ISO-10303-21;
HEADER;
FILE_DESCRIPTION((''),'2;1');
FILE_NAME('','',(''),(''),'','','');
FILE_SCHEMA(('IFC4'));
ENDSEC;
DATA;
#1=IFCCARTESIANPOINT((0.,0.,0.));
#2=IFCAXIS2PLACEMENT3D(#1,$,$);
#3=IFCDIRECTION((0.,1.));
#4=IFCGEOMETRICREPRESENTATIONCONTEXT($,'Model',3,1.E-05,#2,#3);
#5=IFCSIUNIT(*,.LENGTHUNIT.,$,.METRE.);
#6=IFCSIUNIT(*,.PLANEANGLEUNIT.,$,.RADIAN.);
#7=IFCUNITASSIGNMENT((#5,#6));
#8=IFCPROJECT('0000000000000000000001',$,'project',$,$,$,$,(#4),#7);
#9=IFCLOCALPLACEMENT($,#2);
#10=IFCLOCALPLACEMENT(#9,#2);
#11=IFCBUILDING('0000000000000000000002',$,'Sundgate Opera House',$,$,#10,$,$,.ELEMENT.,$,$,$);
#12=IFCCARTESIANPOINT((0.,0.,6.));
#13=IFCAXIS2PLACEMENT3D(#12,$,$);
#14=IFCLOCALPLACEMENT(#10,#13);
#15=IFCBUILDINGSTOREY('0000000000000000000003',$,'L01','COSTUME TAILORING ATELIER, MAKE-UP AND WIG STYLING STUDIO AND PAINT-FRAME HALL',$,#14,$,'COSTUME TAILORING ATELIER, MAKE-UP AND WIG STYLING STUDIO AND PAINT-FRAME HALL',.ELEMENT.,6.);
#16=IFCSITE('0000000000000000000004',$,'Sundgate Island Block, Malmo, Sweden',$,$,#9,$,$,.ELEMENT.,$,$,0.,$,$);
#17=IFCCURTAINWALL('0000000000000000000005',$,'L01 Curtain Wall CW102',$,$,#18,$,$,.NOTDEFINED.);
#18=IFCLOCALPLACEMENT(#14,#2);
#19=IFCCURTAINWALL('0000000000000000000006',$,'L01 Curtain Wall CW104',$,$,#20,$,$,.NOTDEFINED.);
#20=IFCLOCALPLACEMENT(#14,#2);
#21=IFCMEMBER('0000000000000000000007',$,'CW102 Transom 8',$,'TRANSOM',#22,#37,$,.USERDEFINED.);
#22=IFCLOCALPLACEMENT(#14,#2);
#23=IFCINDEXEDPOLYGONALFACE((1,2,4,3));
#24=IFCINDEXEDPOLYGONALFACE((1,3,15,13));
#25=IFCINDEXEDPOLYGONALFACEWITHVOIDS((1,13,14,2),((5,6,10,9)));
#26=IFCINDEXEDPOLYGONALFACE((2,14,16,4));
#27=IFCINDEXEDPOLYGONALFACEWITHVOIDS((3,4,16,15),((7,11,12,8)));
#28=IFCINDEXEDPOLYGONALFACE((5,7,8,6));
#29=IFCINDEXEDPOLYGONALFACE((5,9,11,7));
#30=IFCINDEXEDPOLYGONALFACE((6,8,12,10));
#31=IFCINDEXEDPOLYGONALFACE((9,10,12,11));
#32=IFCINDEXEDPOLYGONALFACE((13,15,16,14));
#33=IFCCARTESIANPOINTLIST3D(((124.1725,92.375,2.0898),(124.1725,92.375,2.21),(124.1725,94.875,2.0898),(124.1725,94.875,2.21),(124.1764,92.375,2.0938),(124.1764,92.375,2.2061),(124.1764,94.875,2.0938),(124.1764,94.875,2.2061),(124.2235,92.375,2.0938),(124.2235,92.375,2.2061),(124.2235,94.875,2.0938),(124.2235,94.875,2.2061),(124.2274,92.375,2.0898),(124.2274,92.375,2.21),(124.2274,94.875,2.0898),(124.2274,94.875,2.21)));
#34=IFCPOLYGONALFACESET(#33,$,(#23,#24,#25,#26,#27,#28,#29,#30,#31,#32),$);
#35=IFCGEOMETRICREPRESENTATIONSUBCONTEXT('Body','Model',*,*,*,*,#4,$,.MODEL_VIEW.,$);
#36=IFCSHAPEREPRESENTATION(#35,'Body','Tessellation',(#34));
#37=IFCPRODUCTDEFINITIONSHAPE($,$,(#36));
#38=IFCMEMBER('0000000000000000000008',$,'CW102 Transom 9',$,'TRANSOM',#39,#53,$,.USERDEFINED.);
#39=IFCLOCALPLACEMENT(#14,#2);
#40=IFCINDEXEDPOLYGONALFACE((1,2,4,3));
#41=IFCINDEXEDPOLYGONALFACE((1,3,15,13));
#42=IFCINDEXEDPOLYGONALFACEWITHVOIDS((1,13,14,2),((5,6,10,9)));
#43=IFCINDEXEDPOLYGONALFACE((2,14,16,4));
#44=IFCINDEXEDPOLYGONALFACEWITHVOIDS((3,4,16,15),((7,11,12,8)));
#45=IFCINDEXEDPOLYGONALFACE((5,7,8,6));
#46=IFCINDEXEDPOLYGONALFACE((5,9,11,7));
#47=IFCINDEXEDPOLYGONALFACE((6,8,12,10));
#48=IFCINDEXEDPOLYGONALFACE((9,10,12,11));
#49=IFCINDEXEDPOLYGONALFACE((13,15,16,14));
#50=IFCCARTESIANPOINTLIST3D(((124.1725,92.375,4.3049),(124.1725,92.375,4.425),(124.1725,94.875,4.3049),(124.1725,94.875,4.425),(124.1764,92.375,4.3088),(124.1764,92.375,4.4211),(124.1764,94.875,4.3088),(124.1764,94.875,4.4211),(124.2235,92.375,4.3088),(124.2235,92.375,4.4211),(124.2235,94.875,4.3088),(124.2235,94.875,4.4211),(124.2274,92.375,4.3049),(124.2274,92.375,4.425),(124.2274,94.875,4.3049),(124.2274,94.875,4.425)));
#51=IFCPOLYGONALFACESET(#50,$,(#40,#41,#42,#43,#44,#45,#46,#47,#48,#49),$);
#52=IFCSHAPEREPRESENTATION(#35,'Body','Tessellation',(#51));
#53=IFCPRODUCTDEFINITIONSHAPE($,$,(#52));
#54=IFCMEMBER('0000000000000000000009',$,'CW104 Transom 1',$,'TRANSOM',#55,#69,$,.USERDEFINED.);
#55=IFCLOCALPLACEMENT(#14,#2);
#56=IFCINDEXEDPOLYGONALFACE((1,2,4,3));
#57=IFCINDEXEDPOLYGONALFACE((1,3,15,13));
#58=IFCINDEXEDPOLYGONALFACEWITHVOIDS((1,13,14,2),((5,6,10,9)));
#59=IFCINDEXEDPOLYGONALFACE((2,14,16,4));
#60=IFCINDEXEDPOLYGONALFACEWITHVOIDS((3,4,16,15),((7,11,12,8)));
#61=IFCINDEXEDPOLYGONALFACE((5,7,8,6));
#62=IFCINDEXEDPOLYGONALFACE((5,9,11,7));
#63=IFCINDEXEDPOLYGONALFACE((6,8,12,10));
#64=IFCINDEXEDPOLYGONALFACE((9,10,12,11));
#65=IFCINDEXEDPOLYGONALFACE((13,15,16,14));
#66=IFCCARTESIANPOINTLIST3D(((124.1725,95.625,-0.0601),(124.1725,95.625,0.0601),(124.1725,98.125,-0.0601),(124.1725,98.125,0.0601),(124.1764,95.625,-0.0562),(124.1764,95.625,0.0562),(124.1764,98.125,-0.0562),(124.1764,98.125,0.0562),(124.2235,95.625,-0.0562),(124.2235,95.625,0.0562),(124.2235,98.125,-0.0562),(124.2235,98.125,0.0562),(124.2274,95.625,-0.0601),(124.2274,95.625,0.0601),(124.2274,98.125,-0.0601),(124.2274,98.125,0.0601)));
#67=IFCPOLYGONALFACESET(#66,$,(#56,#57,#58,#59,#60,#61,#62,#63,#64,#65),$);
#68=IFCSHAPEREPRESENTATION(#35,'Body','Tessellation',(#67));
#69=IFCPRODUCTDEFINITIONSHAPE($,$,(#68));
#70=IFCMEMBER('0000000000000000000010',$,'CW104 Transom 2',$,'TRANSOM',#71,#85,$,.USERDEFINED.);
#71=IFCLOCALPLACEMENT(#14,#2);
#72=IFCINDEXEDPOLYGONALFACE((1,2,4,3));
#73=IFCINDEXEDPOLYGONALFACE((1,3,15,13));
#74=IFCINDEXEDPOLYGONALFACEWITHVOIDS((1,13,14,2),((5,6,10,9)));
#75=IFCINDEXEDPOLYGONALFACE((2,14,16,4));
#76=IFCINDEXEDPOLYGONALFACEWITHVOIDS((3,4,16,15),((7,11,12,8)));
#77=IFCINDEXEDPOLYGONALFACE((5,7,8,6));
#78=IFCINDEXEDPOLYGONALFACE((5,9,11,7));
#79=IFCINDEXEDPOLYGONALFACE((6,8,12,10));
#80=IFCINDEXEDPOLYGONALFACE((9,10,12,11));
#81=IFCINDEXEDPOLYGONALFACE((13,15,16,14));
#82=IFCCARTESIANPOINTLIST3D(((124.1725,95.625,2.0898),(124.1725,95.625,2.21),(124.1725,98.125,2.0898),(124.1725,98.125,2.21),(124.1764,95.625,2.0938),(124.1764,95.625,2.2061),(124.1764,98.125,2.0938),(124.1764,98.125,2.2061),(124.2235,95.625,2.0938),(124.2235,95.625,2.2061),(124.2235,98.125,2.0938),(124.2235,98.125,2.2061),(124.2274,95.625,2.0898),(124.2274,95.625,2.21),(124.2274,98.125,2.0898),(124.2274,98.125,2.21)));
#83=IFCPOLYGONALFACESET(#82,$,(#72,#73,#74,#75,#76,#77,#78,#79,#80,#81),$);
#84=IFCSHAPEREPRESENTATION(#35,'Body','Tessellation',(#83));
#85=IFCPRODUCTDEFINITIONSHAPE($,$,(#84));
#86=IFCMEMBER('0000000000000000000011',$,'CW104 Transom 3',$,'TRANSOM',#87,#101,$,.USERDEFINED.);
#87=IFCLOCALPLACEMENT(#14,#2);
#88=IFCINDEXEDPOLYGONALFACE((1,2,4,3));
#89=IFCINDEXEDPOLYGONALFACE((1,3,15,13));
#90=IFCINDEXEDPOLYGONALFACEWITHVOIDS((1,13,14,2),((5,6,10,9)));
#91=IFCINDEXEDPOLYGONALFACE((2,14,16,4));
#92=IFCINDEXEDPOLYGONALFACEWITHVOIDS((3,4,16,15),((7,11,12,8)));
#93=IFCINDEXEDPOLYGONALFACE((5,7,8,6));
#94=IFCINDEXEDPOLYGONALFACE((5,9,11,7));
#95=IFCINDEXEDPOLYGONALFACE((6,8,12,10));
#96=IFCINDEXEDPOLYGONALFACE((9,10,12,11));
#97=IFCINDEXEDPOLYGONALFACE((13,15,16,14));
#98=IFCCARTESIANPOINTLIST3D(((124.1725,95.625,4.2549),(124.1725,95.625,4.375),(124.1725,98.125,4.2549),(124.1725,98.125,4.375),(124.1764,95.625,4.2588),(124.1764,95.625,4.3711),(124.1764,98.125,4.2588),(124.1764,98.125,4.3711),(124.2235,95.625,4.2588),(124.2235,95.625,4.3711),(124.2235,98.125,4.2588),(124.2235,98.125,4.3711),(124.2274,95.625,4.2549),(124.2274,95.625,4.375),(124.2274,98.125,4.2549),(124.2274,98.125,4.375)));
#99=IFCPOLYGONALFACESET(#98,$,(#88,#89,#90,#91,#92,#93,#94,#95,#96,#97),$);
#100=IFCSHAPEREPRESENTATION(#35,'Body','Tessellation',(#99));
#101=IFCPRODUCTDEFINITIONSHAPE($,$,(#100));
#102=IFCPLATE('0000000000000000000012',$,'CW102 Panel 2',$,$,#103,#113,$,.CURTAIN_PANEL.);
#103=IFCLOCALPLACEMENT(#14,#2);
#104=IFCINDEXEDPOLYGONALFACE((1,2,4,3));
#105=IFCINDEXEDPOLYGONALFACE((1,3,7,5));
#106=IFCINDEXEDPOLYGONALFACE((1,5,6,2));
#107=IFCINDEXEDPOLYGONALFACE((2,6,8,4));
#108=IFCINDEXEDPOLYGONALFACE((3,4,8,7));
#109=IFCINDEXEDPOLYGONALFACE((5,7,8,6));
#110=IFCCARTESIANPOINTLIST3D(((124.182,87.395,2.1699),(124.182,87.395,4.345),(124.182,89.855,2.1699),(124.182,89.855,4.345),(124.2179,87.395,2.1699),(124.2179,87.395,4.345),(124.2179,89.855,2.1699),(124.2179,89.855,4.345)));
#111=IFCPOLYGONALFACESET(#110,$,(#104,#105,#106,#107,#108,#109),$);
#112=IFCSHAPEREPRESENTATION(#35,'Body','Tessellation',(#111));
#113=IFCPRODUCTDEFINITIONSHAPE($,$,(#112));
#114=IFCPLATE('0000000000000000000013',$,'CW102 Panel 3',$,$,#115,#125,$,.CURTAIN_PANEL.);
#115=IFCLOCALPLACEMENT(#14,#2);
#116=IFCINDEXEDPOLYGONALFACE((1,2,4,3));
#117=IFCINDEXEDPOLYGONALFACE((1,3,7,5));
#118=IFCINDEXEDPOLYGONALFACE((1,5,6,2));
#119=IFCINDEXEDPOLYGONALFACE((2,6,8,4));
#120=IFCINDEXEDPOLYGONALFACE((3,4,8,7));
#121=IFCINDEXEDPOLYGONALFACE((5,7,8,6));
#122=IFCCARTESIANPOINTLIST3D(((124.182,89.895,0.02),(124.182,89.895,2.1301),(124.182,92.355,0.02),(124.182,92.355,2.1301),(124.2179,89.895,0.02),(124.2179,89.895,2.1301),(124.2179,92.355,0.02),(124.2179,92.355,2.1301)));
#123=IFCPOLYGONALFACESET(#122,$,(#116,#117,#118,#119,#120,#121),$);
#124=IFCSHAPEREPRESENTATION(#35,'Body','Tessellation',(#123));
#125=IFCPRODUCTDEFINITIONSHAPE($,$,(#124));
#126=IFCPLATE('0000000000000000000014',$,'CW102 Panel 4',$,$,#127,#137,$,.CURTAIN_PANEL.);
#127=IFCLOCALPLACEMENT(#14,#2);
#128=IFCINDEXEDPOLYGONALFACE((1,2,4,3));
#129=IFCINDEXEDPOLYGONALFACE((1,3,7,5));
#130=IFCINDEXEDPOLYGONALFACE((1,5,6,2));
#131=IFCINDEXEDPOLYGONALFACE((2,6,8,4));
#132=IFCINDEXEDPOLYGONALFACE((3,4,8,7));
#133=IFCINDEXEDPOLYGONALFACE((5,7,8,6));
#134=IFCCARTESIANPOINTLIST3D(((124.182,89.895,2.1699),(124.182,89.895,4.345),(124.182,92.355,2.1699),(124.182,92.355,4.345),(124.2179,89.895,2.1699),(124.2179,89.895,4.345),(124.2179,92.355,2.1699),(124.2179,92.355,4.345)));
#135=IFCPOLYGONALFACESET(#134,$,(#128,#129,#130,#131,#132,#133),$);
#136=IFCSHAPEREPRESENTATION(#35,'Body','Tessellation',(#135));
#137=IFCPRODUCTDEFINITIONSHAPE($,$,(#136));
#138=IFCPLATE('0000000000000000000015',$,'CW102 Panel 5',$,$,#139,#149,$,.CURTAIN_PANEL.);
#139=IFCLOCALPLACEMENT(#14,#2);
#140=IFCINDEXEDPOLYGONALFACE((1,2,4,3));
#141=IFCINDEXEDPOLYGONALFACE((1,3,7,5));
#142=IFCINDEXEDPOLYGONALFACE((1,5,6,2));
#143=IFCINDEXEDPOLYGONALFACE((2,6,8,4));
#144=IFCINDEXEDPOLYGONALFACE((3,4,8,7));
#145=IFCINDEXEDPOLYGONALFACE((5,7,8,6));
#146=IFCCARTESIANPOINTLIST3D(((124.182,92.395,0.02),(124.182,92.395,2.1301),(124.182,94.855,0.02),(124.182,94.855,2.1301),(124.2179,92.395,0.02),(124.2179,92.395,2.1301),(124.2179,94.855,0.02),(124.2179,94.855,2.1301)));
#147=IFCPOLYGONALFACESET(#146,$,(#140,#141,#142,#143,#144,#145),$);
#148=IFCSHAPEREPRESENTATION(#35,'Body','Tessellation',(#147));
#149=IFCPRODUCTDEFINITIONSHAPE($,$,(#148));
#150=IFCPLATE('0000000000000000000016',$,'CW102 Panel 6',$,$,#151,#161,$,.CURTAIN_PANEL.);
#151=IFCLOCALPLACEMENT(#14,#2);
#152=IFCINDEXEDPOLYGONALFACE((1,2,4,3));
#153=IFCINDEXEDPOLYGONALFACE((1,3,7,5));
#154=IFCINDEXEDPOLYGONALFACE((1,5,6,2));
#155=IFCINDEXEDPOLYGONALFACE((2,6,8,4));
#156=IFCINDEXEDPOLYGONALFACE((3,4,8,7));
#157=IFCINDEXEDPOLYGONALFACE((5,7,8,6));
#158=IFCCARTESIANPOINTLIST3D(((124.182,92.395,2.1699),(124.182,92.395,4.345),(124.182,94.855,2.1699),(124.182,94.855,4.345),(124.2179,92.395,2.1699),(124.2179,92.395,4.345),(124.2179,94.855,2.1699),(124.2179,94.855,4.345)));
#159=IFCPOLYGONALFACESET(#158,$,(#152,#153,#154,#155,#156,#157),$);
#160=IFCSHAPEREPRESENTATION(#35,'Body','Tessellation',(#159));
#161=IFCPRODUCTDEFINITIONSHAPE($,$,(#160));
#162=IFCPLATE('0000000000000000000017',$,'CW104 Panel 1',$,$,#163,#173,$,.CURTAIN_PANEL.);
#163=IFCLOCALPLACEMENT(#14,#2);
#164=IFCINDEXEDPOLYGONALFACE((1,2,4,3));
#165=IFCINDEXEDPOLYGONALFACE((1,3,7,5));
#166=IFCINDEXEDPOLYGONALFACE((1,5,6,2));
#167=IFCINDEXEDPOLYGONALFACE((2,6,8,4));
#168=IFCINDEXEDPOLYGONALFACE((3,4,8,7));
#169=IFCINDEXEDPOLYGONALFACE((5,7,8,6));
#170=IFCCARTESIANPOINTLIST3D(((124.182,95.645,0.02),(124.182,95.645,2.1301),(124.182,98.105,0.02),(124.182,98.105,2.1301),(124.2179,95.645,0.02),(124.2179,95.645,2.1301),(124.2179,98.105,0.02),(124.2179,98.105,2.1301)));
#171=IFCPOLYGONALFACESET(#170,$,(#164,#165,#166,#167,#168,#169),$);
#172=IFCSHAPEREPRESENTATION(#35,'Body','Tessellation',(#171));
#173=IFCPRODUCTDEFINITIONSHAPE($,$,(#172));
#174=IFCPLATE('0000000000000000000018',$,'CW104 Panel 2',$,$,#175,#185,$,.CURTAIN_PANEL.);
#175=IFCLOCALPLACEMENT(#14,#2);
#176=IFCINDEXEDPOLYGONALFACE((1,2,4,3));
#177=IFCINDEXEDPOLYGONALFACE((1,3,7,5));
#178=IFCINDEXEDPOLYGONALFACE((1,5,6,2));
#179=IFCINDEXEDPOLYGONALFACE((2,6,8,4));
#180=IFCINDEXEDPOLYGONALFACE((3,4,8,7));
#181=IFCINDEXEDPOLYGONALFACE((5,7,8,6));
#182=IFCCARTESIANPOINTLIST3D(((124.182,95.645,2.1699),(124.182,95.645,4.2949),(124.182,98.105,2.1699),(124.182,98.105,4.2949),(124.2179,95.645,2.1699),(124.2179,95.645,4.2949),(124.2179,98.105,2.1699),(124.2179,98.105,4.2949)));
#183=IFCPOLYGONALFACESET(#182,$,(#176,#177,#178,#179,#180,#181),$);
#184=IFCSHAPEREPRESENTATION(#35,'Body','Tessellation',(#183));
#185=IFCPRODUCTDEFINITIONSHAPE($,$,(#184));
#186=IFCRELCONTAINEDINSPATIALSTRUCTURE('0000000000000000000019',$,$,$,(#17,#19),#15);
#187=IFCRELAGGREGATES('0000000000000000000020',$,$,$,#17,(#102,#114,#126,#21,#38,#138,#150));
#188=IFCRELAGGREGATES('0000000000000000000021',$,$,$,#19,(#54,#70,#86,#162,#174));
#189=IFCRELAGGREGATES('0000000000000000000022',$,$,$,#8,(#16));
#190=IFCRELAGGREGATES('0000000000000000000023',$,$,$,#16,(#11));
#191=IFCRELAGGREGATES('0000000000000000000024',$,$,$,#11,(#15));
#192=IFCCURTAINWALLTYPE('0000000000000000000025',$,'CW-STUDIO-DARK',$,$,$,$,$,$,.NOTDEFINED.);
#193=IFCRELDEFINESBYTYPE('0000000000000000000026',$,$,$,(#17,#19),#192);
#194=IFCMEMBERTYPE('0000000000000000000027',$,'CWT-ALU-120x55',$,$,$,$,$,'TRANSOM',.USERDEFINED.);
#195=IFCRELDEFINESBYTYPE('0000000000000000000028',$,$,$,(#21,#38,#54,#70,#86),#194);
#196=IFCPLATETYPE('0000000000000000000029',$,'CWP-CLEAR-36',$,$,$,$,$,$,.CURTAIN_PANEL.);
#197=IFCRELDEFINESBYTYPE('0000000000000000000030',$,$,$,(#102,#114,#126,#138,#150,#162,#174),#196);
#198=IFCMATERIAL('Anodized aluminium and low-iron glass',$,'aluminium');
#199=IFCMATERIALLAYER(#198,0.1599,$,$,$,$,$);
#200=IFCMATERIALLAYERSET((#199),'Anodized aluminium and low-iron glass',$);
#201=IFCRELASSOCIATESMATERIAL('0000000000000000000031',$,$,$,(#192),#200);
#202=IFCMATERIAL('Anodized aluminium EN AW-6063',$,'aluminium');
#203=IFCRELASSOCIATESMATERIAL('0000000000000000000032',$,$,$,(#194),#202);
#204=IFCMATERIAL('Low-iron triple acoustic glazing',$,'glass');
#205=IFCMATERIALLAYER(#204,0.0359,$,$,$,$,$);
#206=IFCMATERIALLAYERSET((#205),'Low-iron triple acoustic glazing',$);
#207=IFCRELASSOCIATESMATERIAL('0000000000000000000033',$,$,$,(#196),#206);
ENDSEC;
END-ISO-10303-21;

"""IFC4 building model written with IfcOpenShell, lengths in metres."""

from ifc_helpers import new_model, si_unit, direction, frame, origin, origin_2d, place, context, subcontext, project, spatial, rectangle, hollow_rectangle, extrude, material, layer, layer_set, material_profile, profile_set, type_object, element, aggregate, save


model = new_model("IFC4")

# Units and contexts
model_context = context("Model", 3, precision=1e-05, world=origin(), true_north=direction((0.0, 1.0)))
body_context = subcontext(model_context, "Body", "Model", "MODEL_VIEW")
ifc_project = project(units=[si_unit("LENGTHUNIT", "METRE"), si_unit("PLANEANGLEUNIT", "RADIAN")], contexts=[model_context])

# Site, building, storey
site_placement = place(None, origin())
site = spatial("IfcSite", under=ifc_project, at=site_placement, Name="Sundgate Island Block, Malmo, Sweden", CompositionType="ELEMENT", RefElevation=0.0)
building_placement = place(site_placement, origin())
building = spatial("IfcBuilding", under=site, at=building_placement, Name="Sundgate Opera House", CompositionType="ELEMENT")
storey_placement = place(building_placement, frame((0.0, 0.0, 6.0)))
storey = spatial("IfcBuildingStorey", under=building, at=storey_placement, Name="L01", Description="COSTUME TAILORING ATELIER, MAKE-UP AND WIG STYLING STUDIO AND PAINT-FRAME HALL", LongName="COSTUME TAILORING ATELIER, MAKE-UP AND WIG STYLING STUDIO AND PAINT-FRAME HALL", CompositionType="ELEMENT", Elevation=6.0)

# Curtain wall
ifc_material_1 = material(Name="Anodized aluminium and low-iron glass", Category="aluminium")
ifc_layer_1 = layer(ifc_material_1, 0.1599)
ifc_layer_set_1 = layer_set([ifc_layer_1], Name="Anodized aluminium and low-iron glass")
curtain_wall_type = type_object("IfcCurtainWallType", Name="CW-STUDIO-DARK", PredefinedType="NOTDEFINED", material=ifc_layer_set_1)
curtain_wall_1_placement = place(storey_placement, origin())
curtain_wall_1 = element("IfcCurtainWall", 1, at=curtain_wall_1_placement, inside=storey, type_object=curtain_wall_type, Name="L01 Curtain Wall CW102", PredefinedType="NOTDEFINED")

# Curtain wall
curtain_wall_2_placement = place(storey_placement, origin())
curtain_wall_2 = element("IfcCurtainWall", 2, at=curtain_wall_2_placement, inside=storey, type_object=curtain_wall_type, Name="L01 Curtain Wall CW104", PredefinedType="NOTDEFINED")

# Members
ifc_material_2 = material(Name="Anodized aluminium EN AW-6063", Category="aluminium")
ifc_material_profile_1 = material_profile(ifc_material_2, hollow_rectangle(XDim=0.0549, YDim=0.1201, WallThickness=0.0039, at=origin_2d()), Name="CWT 120x55x4")
ifc_profile_set_1 = profile_set([ifc_material_profile_1], Name="Anodized aluminium EN AW-6063")
member_type_1 = type_object("IfcMemberType", Name="CWT-ALU-120x55", ElementType="TRANSOM", PredefinedType="USERDEFINED", material=ifc_profile_set_1)
member_1_placement = place(storey_placement, frame((124.2, 92.375, 2.1499), z_axis=(0.0, 1.0, 0.0), x_axis=(-1.0, 0.0, 0.0)))
member_1 = element("IfcMember", 3, at=member_1_placement, type_object=member_type_1, Name="CW102 Transom 8", ObjectType="TRANSOM", PredefinedType="USERDEFINED", context=body_context, shape_type="SweptSolid", body=[
    extrude(hollow_rectangle(XDim=0.0549, YDim=0.1201, WallThickness=0.0039, at=origin_2d()), origin(), (0.0, 0.0, 1.0), 2.5),
])
member_2_placement = place(storey_placement, frame((124.2, 92.375, 4.365), z_axis=(0.0, 1.0, 0.0), x_axis=(-1.0, 0.0, 0.0)))
member_2 = element("IfcMember", 4, at=member_2_placement, type_object=member_type_1, Name="CW102 Transom 9", ObjectType="TRANSOM", PredefinedType="USERDEFINED", context=body_context, shape_type="SweptSolid", body=[
    extrude(hollow_rectangle(XDim=0.0549, YDim=0.1201, WallThickness=0.0039, at=origin_2d()), origin(), (0.0, 0.0, 1.0), 2.5),
])
member_3_placement = place(storey_placement, frame((124.2, 95.625, 0.0), z_axis=(0.0, 1.0, 0.0), x_axis=(-1.0, 0.0, 0.0)))
member_3 = element("IfcMember", 5, at=member_3_placement, type_object=member_type_1, Name="CW104 Transom 1", ObjectType="TRANSOM", PredefinedType="USERDEFINED", context=body_context, shape_type="SweptSolid", body=[
    extrude(hollow_rectangle(XDim=0.0549, YDim=0.1201, WallThickness=0.0039, at=origin_2d()), origin(), (0.0, 0.0, 1.0), 2.5),
])
member_4_placement = place(storey_placement, frame((124.2, 95.625, 2.1499), z_axis=(0.0, 1.0, 0.0), x_axis=(-1.0, 0.0, 0.0)))
member_4 = element("IfcMember", 6, at=member_4_placement, type_object=member_type_1, Name="CW104 Transom 2", ObjectType="TRANSOM", PredefinedType="USERDEFINED", context=body_context, shape_type="SweptSolid", body=[
    extrude(hollow_rectangle(XDim=0.0549, YDim=0.1201, WallThickness=0.0039, at=origin_2d()), origin(), (0.0, 0.0, 1.0), 2.5),
])
member_5_placement = place(storey_placement, frame((124.2, 95.625, 4.3149), z_axis=(0.0, 1.0, 0.0), x_axis=(-1.0, 0.0, 0.0)))
member_5 = element("IfcMember", 7, at=member_5_placement, type_object=member_type_1, Name="CW104 Transom 3", ObjectType="TRANSOM", PredefinedType="USERDEFINED", context=body_context, shape_type="SweptSolid", body=[
    extrude(hollow_rectangle(XDim=0.0549, YDim=0.1201, WallThickness=0.0039, at=origin_2d()), origin(), (0.0, 0.0, 1.0), 2.5),
])

# Plates
ifc_material_3 = material(Name="Low-iron triple acoustic glazing", Category="glass")
ifc_layer_2 = layer(ifc_material_3, 0.0359)
ifc_layer_set_2 = layer_set([ifc_layer_2], Name="Low-iron triple acoustic glazing")
plate_type = type_object("IfcPlateType", Name="CWP-CLEAR-36", PredefinedType="CURTAIN_PANEL", material=ifc_layer_set_2)
plate_1_placement = place(storey_placement, frame((124.2, 88.625, 2.1699), z_axis=(0.0, 0.0, 1.0), x_axis=(0.0, 1.0, 0.0)))
plate_1 = element("IfcPlate", 8, at=plate_1_placement, type_object=plate_type, Name="CW102 Panel 2", PredefinedType="CURTAIN_PANEL", context=body_context, shape_type="SweptSolid", body=[
    extrude(rectangle(XDim=2.46, YDim=0.0359, at=origin_2d()), origin(), (0.0, 0.0, 1.0), 2.175),
])
plate_2_placement = place(storey_placement, frame((124.2, 91.125, 0.02), z_axis=(0.0, 0.0, 1.0), x_axis=(0.0, 1.0, 0.0)))
plate_2 = element("IfcPlate", 9, at=plate_2_placement, type_object=plate_type, Name="CW102 Panel 3", PredefinedType="CURTAIN_PANEL", context=body_context, shape_type="SweptSolid", body=[
    extrude(rectangle(XDim=2.46, YDim=0.0359, at=origin_2d()), origin(), (0.0, 0.0, 1.0), 2.1101),
])
plate_3_placement = place(storey_placement, frame((124.2, 91.125, 2.1699), z_axis=(0.0, 0.0, 1.0), x_axis=(0.0, 1.0, 0.0)))
plate_3 = element("IfcPlate", 10, at=plate_3_placement, type_object=plate_type, Name="CW102 Panel 4", PredefinedType="CURTAIN_PANEL", context=body_context, shape_type="SweptSolid", body=[
    extrude(rectangle(XDim=2.46, YDim=0.0359, at=origin_2d()), origin(), (0.0, 0.0, 1.0), 2.175),
])
plate_4_placement = place(storey_placement, frame((124.2, 93.625, 0.02), z_axis=(0.0, 0.0, 1.0), x_axis=(0.0, 1.0, 0.0)))
plate_4 = element("IfcPlate", 11, at=plate_4_placement, type_object=plate_type, Name="CW102 Panel 5", PredefinedType="CURTAIN_PANEL", context=body_context, shape_type="SweptSolid", body=[
    extrude(rectangle(XDim=2.46, YDim=0.0359, at=origin_2d()), origin(), (0.0, 0.0, 1.0), 2.1101),
])
plate_5_placement = place(storey_placement, frame((124.2, 93.625, 2.1699), z_axis=(0.0, 0.0, 1.0), x_axis=(0.0, 1.0, 0.0)))
plate_5 = element("IfcPlate", 12, at=plate_5_placement, type_object=plate_type, Name="CW102 Panel 6", PredefinedType="CURTAIN_PANEL", context=body_context, shape_type="SweptSolid", body=[
    extrude(rectangle(XDim=2.46, YDim=0.0359, at=origin_2d()), origin(), (0.0, 0.0, 1.0), 2.175),
])
aggregate(curtain_wall_1, [plate_1, plate_2, plate_3, member_1, member_2, plate_4, plate_5])
plate_6_placement = place(storey_placement, frame((124.2, 96.875, 0.02), z_axis=(0.0, 0.0, 1.0), x_axis=(0.0, 1.0, 0.0)))
plate_6 = element("IfcPlate", 13, at=plate_6_placement, type_object=plate_type, Name="CW104 Panel 1", PredefinedType="CURTAIN_PANEL", context=body_context, shape_type="SweptSolid", body=[
    extrude(rectangle(XDim=2.46, YDim=0.0359, at=origin_2d()), origin(), (0.0, 0.0, 1.0), 2.1101),
])
plate_7_placement = place(storey_placement, frame((124.2, 96.875, 2.1699), z_axis=(0.0, 0.0, 1.0), x_axis=(0.0, 1.0, 0.0)))
plate_7 = element("IfcPlate", 14, at=plate_7_placement, type_object=plate_type, Name="CW104 Panel 2", PredefinedType="CURTAIN_PANEL", context=body_context, shape_type="SweptSolid", body=[
    extrude(rectangle(XDim=2.46, YDim=0.0359, at=origin_2d()), origin(), (0.0, 0.0, 1.0), 2.125),
])
aggregate(curtain_wall_2, [member_3, member_4, member_5, plate_6, plate_7])

save(model, "model.ifc")
